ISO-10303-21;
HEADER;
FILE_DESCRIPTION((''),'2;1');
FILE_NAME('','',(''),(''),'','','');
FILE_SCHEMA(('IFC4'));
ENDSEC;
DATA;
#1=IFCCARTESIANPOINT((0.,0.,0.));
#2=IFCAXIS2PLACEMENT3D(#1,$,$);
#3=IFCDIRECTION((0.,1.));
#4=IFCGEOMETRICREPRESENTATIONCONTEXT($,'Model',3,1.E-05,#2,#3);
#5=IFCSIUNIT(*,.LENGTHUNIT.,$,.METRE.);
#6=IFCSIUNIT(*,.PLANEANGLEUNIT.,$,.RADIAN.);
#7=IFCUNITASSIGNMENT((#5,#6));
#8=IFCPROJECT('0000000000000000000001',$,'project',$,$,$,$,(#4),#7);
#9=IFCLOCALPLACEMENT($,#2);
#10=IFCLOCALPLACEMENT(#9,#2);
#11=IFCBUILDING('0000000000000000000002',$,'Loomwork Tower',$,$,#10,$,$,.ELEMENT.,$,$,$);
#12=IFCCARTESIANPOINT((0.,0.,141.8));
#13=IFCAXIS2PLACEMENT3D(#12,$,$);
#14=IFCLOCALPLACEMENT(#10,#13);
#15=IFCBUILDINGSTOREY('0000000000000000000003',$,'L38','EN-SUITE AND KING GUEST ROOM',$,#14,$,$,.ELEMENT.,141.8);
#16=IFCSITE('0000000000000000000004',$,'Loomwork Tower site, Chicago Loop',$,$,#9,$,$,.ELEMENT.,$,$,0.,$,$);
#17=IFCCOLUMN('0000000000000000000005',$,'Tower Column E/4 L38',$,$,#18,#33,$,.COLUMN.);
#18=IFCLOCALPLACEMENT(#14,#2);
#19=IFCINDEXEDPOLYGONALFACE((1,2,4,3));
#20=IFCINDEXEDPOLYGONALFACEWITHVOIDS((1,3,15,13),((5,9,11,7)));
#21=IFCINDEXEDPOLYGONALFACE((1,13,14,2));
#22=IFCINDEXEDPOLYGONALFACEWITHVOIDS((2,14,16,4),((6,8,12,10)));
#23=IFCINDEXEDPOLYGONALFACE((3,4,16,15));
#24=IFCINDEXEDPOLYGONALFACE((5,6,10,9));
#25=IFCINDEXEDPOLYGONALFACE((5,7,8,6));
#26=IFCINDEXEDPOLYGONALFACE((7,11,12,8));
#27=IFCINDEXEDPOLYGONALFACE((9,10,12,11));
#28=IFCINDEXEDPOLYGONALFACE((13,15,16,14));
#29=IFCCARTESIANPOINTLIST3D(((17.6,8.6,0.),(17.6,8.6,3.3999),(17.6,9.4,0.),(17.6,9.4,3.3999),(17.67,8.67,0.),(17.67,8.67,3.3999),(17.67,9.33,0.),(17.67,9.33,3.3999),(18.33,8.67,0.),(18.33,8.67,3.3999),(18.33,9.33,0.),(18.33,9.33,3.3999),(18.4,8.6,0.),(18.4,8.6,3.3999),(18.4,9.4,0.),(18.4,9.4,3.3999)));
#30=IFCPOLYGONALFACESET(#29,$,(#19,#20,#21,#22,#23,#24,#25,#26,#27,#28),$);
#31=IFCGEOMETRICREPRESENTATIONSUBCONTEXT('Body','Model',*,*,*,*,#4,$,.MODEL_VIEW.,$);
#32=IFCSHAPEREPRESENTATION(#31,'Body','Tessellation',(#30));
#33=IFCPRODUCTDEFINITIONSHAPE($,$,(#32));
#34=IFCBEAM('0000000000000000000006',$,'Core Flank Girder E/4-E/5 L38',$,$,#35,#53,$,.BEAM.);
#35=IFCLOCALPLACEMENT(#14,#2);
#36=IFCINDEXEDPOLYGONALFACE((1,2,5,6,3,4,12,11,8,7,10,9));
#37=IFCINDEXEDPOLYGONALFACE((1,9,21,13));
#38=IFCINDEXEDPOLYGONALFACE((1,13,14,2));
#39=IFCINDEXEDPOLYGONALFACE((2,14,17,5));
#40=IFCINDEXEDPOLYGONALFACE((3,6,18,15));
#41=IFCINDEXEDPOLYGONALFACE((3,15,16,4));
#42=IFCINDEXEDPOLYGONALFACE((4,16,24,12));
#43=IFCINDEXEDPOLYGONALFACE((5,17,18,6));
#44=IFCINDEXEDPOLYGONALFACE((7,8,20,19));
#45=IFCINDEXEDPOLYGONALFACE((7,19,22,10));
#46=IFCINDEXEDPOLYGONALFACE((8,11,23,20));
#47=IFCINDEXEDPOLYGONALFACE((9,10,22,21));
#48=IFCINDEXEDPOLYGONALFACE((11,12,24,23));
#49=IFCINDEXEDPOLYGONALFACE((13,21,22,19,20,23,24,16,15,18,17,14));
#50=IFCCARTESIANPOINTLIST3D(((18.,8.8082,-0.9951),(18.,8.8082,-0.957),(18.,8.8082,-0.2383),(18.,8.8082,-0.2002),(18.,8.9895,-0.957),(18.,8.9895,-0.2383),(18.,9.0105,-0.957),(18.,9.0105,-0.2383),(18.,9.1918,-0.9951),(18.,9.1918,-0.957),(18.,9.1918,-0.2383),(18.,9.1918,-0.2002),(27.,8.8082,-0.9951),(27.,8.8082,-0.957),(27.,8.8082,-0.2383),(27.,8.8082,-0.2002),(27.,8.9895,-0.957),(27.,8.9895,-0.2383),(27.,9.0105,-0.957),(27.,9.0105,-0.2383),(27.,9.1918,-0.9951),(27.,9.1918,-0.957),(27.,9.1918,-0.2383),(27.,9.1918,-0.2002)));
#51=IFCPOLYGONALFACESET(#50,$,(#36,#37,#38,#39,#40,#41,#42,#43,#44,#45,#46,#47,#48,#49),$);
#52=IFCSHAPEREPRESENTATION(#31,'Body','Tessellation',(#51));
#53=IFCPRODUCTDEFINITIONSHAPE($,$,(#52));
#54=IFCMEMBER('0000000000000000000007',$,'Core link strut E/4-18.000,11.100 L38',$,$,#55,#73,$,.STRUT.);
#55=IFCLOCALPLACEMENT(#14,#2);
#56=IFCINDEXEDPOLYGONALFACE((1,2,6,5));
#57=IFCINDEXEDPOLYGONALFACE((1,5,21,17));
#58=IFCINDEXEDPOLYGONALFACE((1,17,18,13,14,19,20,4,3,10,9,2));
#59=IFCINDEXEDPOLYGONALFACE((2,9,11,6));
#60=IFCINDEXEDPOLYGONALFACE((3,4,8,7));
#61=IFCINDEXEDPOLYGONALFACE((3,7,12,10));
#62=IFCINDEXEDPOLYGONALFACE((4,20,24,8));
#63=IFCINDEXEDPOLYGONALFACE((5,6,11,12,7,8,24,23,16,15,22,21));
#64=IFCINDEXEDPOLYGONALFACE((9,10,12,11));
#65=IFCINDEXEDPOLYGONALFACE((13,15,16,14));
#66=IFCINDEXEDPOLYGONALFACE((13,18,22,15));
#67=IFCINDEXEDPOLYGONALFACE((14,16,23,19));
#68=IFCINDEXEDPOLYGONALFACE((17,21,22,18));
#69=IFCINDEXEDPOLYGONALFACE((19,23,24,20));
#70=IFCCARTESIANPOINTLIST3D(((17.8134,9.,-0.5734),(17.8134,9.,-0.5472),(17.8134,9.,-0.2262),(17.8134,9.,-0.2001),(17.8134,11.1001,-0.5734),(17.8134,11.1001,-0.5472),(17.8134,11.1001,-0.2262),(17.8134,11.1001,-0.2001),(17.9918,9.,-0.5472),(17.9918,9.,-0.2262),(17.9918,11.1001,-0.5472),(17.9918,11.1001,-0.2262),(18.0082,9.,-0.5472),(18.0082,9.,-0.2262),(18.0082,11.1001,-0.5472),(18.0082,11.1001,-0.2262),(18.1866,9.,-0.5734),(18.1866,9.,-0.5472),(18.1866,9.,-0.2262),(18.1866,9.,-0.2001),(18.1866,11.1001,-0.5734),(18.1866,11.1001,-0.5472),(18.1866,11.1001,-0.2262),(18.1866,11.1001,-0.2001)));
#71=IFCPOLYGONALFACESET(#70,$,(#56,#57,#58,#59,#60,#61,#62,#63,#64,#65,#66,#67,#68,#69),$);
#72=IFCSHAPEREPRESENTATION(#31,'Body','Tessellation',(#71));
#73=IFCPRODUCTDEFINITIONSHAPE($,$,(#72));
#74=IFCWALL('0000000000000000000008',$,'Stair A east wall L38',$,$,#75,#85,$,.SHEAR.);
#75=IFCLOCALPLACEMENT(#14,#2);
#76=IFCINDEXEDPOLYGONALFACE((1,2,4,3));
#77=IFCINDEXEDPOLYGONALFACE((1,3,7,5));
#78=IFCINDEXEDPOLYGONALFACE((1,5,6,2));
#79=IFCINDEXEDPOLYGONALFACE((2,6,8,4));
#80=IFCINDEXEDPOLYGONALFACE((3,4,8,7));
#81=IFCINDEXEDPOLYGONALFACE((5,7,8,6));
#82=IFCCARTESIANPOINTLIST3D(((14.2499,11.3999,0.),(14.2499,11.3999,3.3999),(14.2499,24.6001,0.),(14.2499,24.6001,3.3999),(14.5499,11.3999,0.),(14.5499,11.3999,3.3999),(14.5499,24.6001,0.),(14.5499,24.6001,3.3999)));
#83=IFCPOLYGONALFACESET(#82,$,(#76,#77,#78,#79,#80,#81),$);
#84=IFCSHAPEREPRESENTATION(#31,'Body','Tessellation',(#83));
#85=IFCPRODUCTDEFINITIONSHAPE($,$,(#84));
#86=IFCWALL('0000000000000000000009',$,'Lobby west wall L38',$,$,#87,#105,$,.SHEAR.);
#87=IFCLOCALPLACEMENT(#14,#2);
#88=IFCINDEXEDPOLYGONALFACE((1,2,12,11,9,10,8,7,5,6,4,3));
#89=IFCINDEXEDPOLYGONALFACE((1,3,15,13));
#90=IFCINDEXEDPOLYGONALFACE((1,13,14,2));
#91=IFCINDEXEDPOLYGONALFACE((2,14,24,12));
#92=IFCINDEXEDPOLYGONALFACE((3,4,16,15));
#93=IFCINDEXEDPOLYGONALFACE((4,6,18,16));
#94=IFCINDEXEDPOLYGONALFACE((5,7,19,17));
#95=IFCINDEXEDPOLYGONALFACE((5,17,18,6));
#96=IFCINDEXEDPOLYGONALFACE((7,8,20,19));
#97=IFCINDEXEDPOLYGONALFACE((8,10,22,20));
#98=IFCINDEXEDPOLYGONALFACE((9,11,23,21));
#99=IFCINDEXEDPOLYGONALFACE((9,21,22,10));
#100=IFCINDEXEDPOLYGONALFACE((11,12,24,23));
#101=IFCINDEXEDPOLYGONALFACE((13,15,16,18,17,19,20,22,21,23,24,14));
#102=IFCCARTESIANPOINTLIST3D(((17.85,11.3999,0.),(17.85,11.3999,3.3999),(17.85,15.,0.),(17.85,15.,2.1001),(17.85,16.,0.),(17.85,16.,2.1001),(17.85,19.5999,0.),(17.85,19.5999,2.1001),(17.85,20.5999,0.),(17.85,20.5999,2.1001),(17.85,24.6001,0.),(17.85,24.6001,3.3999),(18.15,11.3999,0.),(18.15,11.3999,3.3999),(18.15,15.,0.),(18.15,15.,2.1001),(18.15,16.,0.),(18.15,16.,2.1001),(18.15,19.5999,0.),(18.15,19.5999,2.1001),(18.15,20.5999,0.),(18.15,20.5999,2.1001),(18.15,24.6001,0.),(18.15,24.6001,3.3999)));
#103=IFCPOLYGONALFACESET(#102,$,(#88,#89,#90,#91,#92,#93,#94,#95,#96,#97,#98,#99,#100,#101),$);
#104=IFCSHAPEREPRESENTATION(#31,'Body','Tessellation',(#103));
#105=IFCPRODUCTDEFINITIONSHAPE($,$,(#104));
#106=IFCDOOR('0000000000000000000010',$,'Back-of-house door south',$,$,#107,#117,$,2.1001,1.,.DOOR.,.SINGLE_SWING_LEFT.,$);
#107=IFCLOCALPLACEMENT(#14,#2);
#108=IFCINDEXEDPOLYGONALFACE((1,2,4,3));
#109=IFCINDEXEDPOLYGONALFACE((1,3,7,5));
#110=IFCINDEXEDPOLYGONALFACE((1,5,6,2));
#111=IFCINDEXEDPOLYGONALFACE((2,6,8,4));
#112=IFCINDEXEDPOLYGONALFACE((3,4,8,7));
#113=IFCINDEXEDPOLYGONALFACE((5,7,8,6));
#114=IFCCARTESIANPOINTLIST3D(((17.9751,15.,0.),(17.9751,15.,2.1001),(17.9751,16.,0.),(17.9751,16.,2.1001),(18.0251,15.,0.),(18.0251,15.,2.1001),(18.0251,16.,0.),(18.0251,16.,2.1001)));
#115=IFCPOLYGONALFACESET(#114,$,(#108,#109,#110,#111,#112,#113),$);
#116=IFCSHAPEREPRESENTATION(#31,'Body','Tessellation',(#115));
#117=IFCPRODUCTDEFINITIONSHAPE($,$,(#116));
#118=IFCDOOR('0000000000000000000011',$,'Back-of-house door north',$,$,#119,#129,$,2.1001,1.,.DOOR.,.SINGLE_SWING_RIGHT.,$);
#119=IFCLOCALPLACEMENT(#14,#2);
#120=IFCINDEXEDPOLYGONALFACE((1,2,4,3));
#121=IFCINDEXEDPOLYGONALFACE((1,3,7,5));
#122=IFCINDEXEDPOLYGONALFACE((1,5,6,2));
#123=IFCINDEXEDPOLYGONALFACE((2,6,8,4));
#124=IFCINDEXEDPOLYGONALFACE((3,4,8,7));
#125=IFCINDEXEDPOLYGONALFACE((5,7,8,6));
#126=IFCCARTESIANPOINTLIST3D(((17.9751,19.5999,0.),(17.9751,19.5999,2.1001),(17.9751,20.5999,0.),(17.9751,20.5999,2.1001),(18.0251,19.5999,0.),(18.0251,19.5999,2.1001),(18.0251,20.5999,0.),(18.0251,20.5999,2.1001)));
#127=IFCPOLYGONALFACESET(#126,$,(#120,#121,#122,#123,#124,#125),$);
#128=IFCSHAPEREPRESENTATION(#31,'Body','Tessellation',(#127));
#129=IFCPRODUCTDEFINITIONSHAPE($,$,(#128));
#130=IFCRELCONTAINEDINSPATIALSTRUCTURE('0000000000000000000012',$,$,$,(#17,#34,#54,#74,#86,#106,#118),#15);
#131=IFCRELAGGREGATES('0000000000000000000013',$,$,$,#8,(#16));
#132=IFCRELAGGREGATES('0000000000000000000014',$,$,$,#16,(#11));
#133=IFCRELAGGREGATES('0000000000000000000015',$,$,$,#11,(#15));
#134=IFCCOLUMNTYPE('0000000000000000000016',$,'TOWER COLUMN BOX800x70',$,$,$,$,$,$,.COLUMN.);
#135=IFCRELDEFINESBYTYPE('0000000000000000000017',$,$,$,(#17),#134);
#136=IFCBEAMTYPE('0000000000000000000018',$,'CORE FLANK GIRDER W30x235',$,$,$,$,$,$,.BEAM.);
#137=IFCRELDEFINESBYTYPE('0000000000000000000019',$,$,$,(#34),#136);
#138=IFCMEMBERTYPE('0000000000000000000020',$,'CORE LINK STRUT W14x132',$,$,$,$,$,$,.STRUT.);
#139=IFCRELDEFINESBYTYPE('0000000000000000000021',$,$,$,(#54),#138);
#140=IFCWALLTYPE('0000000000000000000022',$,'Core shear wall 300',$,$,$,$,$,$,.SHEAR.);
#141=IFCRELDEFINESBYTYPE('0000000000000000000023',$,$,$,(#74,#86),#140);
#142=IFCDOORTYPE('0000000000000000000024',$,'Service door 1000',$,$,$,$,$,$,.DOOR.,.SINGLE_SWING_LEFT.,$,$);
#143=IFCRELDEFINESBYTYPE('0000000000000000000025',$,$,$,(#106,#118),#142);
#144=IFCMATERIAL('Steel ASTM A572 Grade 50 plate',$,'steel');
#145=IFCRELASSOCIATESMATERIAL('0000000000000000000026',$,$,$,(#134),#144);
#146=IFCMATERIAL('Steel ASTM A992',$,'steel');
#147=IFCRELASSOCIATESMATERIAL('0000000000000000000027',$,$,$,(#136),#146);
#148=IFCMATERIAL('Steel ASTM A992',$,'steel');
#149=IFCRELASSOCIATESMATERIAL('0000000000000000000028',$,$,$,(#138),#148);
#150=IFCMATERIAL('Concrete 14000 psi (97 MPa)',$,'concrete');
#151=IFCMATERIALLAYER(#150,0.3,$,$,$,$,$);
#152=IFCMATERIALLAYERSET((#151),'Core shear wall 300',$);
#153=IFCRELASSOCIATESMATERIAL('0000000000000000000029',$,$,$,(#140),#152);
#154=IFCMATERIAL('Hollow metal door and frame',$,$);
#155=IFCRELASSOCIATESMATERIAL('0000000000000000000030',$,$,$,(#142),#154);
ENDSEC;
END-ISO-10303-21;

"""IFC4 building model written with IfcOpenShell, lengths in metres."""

from ifc_helpers import new_model, si_unit, direction, frame, frame_2d, origin, origin_2d, place, context, subcontext, project, spatial, rectangle, hollow_rectangle, i_section, extrude, material, layer, layer_set, material_profile, profile_set, type_object, element, fill, save


model = new_model("IFC4")

# Units and contexts
model_context = context("Model", 3, precision=1e-05, world=origin(), true_north=direction((0.0, 1.0)))
body_context = subcontext(model_context, "Body", "Model", "MODEL_VIEW")
ifc_project = project(units=[si_unit("LENGTHUNIT", "METRE"), si_unit("PLANEANGLEUNIT", "RADIAN")], contexts=[model_context])

# Site, building, storey
site_placement = place(None, origin())
site = spatial("IfcSite", under=ifc_project, at=site_placement, Name="Loomwork Tower site, Chicago Loop", CompositionType="ELEMENT", RefElevation=0.0)
building_placement = place(site_placement, origin())
building = spatial("IfcBuilding", under=site, at=building_placement, Name="Loomwork Tower", CompositionType="ELEMENT")
storey_placement = place(building_placement, frame((0.0, 0.0, 141.8)))
storey = spatial("IfcBuildingStorey", under=building, at=storey_placement, Name="L38", Description="EN-SUITE AND KING GUEST ROOM", CompositionType="ELEMENT", Elevation=141.8)

# Column
ifc_material_1 = material(Name="Steel ASTM A572 Grade 50 plate", Category="steel")
ifc_material_profile_1 = material_profile(ifc_material_1, hollow_rectangle(XDim=0.8, YDim=0.8, WallThickness=0.0701, at=origin_2d()), Name="BOX800x70")
ifc_profile_set_1 = profile_set([ifc_material_profile_1], Name="Steel ASTM A572 Grade 50 plate")
column_type = type_object("IfcColumnType", Name="TOWER COLUMN BOX800x70", PredefinedType="COLUMN", material=ifc_profile_set_1)
column_placement = place(storey_placement, frame((18.0, 9.0, 0.0), z_axis=(0.0, 0.0, 1.0), x_axis=(1.0, 0.0, 0.0)))
element("IfcColumn", 1, at=column_placement, inside=storey, type_object=column_type, Name="Tower Column E/4 L38", PredefinedType="COLUMN", context=body_context, shape_type="SweptSolid", body=[
    extrude(hollow_rectangle(XDim=0.8, YDim=0.8, WallThickness=0.0701, at=origin_2d()), origin(), (0.0, 0.0, 1.0), 3.3999),
])

# Beam
ifc_material_2 = material(Name="Steel ASTM A992", Category="steel")
ifc_material_profile_2 = material_profile(ifc_material_2, i_section(OverallWidth=0.3835, OverallDepth=0.7949, WebThickness=0.021, FlangeThickness=0.0381, at=origin_2d()), Name="W30x235")
ifc_profile_set_2 = profile_set([ifc_material_profile_2], Name="Steel ASTM A992")
beam_type = type_object("IfcBeamType", Name="CORE FLANK GIRDER W30x235", PredefinedType="BEAM", material=ifc_profile_set_2)
beam_placement = place(storey_placement, frame((18.0, 9.0, -0.5977), z_axis=(1.0, 0.0, 0.0), x_axis=(0.0, 1.0, 0.0)))
element("IfcBeam", 2, at=beam_placement, inside=storey, type_object=beam_type, Name="Core Flank Girder E/4-E/5 L38", PredefinedType="BEAM", context=body_context, shape_type="SweptSolid", body=[
    extrude(i_section(OverallWidth=0.3835, OverallDepth=0.7949, WebThickness=0.021, FlangeThickness=0.0381, at=origin_2d()), origin(), (0.0, 0.0, 1.0), 9.0),
])

# Member
ifc_material_3 = material(Name="Steel ASTM A992", Category="steel")
ifc_material_profile_3 = material_profile(ifc_material_3, i_section(OverallWidth=0.3733, OverallDepth=0.3733, WebThickness=0.0164, FlangeThickness=0.0261, at=origin_2d()), Name="W14x132")
ifc_profile_set_3 = profile_set([ifc_material_profile_3], Name="Steel ASTM A992")
member_type = type_object("IfcMemberType", Name="CORE LINK STRUT W14x132", PredefinedType="STRUT", material=ifc_profile_set_3)
member_placement = place(storey_placement, frame((18.0, 9.0, -0.3867), z_axis=(0.0, 1.0, 0.0), x_axis=(-1.0, 0.0, 0.0)))
element("IfcMember", 3, at=member_placement, inside=storey, type_object=member_type, Name="Core link strut E/4-18.000,11.100 L38", PredefinedType="STRUT", context=body_context, shape_type="SweptSolid", body=[
    extrude(i_section(OverallWidth=0.3733, OverallDepth=0.3733, WebThickness=0.0164, FlangeThickness=0.0261, at=origin_2d()), origin(), (0.0, 0.0, 1.0), 2.1001),
])

# Wall
ifc_material_4 = material(Name="Concrete 14000 psi (97 MPa)", Category="concrete")
ifc_layer_1 = layer(ifc_material_4, 0.3)
ifc_layer_set_1 = layer_set([ifc_layer_1], Name="Core shear wall 300")
wall_type_1 = type_object("IfcWallType", Name="Core shear wall 300", PredefinedType="SHEAR", material=ifc_layer_set_1)
wall_1_placement = place(storey_placement, frame((14.3999, 11.3999, 0.0), z_axis=(0.0, 0.0, 1.0), x_axis=(0.0, 1.0, 0.0)))
element("IfcWall", 4, at=wall_1_placement, inside=storey, type_object=wall_type_1, Name="Stair A east wall L38", PredefinedType="SHEAR", context=body_context, shape_type="SweptSolid", body=[
    extrude(rectangle(XDim=13.2002, YDim=0.3, at=frame_2d((6.6001, 0.0))), origin(), (0.0, 0.0, 1.0), 3.3999),
])

# Wall, openings, doors
wall_2_placement = place(storey_placement, frame((18.0, 11.3999, 0.0), z_axis=(0.0, 0.0, 1.0), x_axis=(0.0, 1.0, 0.0)))
wall_2 = element("IfcWall", 5, at=wall_2_placement, inside=storey, type_object=wall_type_1, Name="Lobby west wall L38", PredefinedType="SHEAR", context=body_context, shape_type="SweptSolid", body=[
    extrude(rectangle(XDim=13.2002, YDim=0.3, at=frame_2d((6.6001, 0.0))), origin(), (0.0, 0.0, 1.0), 3.3999),
])
opening_1_placement = place(wall_2_placement, frame((3.6001, 0.0, 0.0)))
opening_1 = element("IfcOpeningElement", 6, at=opening_1_placement, cuts=wall_2, PredefinedType="OPENING", context=body_context, shape_type="SweptSolid", body=[
    extrude(rectangle(XDim=1.0, YDim=2.1001, at=frame_2d((0.5, 1.05))), frame((0.0, 0.1599, 0.0), z_axis=(0.0, -1.0, 0.0), x_axis=(1.0, 0.0, 0.0)), (0.0, 0.0, 1.0), 0.3201),
])
opening_2_placement = place(wall_2_placement, frame((8.2, 0.0, 0.0)))
opening_2 = element("IfcOpeningElement", 7, at=opening_2_placement, cuts=wall_2, PredefinedType="OPENING", context=body_context, shape_type="SweptSolid", body=[
    extrude(rectangle(XDim=1.0, YDim=2.1001, at=frame_2d((0.5, 1.05))), frame((0.0, 0.1599, 0.0), z_axis=(0.0, -1.0, 0.0), x_axis=(1.0, 0.0, 0.0)), (0.0, 0.0, 1.0), 0.3201),
])
ifc_material_5 = material(Name="Hollow metal door and frame")
door_type_1 = type_object("IfcDoorType", Name="Service door 1000", OperationType="SINGLE_SWING_LEFT", PredefinedType="DOOR", material=ifc_material_5)
door_1_placement = place(opening_1_placement, origin())
door_1 = element("IfcDoor", 8, at=door_1_placement, inside=storey, type_object=door_type_1, Name="Back-of-house door south", OperationType="SINGLE_SWING_LEFT", OverallHeight=2.1001, OverallWidth=1.0, PredefinedType="DOOR", context=body_context, shape_type="SweptSolid", body=[
    extrude(rectangle(XDim=1.0, YDim=2.1001, at=frame_2d((0.5, 1.05))), frame((0.0, 0.0249, 0.0), z_axis=(0.0, -1.0, 0.0), x_axis=(1.0, 0.0, 0.0)), (0.0, 0.0, 1.0), 0.05),
])
fill(opening_1, door_1)
door_2_placement = place(opening_2_placement, origin())
door_2 = element("IfcDoor", 9, at=door_2_placement, inside=storey, type_object=door_type_1, Name="Back-of-house door north", OperationType="SINGLE_SWING_RIGHT", OverallHeight=2.1001, OverallWidth=1.0, PredefinedType="DOOR", context=body_context, shape_type="SweptSolid", body=[
    extrude(rectangle(XDim=1.0, YDim=2.1001, at=frame_2d((0.5, 1.05))), frame((0.0, 0.0249, 0.0), z_axis=(0.0, -1.0, 0.0), x_axis=(1.0, 0.0, 0.0)), (0.0, 0.0, 1.0), 0.05),
])
fill(opening_2, door_2)

save(model, "model.ifc")
